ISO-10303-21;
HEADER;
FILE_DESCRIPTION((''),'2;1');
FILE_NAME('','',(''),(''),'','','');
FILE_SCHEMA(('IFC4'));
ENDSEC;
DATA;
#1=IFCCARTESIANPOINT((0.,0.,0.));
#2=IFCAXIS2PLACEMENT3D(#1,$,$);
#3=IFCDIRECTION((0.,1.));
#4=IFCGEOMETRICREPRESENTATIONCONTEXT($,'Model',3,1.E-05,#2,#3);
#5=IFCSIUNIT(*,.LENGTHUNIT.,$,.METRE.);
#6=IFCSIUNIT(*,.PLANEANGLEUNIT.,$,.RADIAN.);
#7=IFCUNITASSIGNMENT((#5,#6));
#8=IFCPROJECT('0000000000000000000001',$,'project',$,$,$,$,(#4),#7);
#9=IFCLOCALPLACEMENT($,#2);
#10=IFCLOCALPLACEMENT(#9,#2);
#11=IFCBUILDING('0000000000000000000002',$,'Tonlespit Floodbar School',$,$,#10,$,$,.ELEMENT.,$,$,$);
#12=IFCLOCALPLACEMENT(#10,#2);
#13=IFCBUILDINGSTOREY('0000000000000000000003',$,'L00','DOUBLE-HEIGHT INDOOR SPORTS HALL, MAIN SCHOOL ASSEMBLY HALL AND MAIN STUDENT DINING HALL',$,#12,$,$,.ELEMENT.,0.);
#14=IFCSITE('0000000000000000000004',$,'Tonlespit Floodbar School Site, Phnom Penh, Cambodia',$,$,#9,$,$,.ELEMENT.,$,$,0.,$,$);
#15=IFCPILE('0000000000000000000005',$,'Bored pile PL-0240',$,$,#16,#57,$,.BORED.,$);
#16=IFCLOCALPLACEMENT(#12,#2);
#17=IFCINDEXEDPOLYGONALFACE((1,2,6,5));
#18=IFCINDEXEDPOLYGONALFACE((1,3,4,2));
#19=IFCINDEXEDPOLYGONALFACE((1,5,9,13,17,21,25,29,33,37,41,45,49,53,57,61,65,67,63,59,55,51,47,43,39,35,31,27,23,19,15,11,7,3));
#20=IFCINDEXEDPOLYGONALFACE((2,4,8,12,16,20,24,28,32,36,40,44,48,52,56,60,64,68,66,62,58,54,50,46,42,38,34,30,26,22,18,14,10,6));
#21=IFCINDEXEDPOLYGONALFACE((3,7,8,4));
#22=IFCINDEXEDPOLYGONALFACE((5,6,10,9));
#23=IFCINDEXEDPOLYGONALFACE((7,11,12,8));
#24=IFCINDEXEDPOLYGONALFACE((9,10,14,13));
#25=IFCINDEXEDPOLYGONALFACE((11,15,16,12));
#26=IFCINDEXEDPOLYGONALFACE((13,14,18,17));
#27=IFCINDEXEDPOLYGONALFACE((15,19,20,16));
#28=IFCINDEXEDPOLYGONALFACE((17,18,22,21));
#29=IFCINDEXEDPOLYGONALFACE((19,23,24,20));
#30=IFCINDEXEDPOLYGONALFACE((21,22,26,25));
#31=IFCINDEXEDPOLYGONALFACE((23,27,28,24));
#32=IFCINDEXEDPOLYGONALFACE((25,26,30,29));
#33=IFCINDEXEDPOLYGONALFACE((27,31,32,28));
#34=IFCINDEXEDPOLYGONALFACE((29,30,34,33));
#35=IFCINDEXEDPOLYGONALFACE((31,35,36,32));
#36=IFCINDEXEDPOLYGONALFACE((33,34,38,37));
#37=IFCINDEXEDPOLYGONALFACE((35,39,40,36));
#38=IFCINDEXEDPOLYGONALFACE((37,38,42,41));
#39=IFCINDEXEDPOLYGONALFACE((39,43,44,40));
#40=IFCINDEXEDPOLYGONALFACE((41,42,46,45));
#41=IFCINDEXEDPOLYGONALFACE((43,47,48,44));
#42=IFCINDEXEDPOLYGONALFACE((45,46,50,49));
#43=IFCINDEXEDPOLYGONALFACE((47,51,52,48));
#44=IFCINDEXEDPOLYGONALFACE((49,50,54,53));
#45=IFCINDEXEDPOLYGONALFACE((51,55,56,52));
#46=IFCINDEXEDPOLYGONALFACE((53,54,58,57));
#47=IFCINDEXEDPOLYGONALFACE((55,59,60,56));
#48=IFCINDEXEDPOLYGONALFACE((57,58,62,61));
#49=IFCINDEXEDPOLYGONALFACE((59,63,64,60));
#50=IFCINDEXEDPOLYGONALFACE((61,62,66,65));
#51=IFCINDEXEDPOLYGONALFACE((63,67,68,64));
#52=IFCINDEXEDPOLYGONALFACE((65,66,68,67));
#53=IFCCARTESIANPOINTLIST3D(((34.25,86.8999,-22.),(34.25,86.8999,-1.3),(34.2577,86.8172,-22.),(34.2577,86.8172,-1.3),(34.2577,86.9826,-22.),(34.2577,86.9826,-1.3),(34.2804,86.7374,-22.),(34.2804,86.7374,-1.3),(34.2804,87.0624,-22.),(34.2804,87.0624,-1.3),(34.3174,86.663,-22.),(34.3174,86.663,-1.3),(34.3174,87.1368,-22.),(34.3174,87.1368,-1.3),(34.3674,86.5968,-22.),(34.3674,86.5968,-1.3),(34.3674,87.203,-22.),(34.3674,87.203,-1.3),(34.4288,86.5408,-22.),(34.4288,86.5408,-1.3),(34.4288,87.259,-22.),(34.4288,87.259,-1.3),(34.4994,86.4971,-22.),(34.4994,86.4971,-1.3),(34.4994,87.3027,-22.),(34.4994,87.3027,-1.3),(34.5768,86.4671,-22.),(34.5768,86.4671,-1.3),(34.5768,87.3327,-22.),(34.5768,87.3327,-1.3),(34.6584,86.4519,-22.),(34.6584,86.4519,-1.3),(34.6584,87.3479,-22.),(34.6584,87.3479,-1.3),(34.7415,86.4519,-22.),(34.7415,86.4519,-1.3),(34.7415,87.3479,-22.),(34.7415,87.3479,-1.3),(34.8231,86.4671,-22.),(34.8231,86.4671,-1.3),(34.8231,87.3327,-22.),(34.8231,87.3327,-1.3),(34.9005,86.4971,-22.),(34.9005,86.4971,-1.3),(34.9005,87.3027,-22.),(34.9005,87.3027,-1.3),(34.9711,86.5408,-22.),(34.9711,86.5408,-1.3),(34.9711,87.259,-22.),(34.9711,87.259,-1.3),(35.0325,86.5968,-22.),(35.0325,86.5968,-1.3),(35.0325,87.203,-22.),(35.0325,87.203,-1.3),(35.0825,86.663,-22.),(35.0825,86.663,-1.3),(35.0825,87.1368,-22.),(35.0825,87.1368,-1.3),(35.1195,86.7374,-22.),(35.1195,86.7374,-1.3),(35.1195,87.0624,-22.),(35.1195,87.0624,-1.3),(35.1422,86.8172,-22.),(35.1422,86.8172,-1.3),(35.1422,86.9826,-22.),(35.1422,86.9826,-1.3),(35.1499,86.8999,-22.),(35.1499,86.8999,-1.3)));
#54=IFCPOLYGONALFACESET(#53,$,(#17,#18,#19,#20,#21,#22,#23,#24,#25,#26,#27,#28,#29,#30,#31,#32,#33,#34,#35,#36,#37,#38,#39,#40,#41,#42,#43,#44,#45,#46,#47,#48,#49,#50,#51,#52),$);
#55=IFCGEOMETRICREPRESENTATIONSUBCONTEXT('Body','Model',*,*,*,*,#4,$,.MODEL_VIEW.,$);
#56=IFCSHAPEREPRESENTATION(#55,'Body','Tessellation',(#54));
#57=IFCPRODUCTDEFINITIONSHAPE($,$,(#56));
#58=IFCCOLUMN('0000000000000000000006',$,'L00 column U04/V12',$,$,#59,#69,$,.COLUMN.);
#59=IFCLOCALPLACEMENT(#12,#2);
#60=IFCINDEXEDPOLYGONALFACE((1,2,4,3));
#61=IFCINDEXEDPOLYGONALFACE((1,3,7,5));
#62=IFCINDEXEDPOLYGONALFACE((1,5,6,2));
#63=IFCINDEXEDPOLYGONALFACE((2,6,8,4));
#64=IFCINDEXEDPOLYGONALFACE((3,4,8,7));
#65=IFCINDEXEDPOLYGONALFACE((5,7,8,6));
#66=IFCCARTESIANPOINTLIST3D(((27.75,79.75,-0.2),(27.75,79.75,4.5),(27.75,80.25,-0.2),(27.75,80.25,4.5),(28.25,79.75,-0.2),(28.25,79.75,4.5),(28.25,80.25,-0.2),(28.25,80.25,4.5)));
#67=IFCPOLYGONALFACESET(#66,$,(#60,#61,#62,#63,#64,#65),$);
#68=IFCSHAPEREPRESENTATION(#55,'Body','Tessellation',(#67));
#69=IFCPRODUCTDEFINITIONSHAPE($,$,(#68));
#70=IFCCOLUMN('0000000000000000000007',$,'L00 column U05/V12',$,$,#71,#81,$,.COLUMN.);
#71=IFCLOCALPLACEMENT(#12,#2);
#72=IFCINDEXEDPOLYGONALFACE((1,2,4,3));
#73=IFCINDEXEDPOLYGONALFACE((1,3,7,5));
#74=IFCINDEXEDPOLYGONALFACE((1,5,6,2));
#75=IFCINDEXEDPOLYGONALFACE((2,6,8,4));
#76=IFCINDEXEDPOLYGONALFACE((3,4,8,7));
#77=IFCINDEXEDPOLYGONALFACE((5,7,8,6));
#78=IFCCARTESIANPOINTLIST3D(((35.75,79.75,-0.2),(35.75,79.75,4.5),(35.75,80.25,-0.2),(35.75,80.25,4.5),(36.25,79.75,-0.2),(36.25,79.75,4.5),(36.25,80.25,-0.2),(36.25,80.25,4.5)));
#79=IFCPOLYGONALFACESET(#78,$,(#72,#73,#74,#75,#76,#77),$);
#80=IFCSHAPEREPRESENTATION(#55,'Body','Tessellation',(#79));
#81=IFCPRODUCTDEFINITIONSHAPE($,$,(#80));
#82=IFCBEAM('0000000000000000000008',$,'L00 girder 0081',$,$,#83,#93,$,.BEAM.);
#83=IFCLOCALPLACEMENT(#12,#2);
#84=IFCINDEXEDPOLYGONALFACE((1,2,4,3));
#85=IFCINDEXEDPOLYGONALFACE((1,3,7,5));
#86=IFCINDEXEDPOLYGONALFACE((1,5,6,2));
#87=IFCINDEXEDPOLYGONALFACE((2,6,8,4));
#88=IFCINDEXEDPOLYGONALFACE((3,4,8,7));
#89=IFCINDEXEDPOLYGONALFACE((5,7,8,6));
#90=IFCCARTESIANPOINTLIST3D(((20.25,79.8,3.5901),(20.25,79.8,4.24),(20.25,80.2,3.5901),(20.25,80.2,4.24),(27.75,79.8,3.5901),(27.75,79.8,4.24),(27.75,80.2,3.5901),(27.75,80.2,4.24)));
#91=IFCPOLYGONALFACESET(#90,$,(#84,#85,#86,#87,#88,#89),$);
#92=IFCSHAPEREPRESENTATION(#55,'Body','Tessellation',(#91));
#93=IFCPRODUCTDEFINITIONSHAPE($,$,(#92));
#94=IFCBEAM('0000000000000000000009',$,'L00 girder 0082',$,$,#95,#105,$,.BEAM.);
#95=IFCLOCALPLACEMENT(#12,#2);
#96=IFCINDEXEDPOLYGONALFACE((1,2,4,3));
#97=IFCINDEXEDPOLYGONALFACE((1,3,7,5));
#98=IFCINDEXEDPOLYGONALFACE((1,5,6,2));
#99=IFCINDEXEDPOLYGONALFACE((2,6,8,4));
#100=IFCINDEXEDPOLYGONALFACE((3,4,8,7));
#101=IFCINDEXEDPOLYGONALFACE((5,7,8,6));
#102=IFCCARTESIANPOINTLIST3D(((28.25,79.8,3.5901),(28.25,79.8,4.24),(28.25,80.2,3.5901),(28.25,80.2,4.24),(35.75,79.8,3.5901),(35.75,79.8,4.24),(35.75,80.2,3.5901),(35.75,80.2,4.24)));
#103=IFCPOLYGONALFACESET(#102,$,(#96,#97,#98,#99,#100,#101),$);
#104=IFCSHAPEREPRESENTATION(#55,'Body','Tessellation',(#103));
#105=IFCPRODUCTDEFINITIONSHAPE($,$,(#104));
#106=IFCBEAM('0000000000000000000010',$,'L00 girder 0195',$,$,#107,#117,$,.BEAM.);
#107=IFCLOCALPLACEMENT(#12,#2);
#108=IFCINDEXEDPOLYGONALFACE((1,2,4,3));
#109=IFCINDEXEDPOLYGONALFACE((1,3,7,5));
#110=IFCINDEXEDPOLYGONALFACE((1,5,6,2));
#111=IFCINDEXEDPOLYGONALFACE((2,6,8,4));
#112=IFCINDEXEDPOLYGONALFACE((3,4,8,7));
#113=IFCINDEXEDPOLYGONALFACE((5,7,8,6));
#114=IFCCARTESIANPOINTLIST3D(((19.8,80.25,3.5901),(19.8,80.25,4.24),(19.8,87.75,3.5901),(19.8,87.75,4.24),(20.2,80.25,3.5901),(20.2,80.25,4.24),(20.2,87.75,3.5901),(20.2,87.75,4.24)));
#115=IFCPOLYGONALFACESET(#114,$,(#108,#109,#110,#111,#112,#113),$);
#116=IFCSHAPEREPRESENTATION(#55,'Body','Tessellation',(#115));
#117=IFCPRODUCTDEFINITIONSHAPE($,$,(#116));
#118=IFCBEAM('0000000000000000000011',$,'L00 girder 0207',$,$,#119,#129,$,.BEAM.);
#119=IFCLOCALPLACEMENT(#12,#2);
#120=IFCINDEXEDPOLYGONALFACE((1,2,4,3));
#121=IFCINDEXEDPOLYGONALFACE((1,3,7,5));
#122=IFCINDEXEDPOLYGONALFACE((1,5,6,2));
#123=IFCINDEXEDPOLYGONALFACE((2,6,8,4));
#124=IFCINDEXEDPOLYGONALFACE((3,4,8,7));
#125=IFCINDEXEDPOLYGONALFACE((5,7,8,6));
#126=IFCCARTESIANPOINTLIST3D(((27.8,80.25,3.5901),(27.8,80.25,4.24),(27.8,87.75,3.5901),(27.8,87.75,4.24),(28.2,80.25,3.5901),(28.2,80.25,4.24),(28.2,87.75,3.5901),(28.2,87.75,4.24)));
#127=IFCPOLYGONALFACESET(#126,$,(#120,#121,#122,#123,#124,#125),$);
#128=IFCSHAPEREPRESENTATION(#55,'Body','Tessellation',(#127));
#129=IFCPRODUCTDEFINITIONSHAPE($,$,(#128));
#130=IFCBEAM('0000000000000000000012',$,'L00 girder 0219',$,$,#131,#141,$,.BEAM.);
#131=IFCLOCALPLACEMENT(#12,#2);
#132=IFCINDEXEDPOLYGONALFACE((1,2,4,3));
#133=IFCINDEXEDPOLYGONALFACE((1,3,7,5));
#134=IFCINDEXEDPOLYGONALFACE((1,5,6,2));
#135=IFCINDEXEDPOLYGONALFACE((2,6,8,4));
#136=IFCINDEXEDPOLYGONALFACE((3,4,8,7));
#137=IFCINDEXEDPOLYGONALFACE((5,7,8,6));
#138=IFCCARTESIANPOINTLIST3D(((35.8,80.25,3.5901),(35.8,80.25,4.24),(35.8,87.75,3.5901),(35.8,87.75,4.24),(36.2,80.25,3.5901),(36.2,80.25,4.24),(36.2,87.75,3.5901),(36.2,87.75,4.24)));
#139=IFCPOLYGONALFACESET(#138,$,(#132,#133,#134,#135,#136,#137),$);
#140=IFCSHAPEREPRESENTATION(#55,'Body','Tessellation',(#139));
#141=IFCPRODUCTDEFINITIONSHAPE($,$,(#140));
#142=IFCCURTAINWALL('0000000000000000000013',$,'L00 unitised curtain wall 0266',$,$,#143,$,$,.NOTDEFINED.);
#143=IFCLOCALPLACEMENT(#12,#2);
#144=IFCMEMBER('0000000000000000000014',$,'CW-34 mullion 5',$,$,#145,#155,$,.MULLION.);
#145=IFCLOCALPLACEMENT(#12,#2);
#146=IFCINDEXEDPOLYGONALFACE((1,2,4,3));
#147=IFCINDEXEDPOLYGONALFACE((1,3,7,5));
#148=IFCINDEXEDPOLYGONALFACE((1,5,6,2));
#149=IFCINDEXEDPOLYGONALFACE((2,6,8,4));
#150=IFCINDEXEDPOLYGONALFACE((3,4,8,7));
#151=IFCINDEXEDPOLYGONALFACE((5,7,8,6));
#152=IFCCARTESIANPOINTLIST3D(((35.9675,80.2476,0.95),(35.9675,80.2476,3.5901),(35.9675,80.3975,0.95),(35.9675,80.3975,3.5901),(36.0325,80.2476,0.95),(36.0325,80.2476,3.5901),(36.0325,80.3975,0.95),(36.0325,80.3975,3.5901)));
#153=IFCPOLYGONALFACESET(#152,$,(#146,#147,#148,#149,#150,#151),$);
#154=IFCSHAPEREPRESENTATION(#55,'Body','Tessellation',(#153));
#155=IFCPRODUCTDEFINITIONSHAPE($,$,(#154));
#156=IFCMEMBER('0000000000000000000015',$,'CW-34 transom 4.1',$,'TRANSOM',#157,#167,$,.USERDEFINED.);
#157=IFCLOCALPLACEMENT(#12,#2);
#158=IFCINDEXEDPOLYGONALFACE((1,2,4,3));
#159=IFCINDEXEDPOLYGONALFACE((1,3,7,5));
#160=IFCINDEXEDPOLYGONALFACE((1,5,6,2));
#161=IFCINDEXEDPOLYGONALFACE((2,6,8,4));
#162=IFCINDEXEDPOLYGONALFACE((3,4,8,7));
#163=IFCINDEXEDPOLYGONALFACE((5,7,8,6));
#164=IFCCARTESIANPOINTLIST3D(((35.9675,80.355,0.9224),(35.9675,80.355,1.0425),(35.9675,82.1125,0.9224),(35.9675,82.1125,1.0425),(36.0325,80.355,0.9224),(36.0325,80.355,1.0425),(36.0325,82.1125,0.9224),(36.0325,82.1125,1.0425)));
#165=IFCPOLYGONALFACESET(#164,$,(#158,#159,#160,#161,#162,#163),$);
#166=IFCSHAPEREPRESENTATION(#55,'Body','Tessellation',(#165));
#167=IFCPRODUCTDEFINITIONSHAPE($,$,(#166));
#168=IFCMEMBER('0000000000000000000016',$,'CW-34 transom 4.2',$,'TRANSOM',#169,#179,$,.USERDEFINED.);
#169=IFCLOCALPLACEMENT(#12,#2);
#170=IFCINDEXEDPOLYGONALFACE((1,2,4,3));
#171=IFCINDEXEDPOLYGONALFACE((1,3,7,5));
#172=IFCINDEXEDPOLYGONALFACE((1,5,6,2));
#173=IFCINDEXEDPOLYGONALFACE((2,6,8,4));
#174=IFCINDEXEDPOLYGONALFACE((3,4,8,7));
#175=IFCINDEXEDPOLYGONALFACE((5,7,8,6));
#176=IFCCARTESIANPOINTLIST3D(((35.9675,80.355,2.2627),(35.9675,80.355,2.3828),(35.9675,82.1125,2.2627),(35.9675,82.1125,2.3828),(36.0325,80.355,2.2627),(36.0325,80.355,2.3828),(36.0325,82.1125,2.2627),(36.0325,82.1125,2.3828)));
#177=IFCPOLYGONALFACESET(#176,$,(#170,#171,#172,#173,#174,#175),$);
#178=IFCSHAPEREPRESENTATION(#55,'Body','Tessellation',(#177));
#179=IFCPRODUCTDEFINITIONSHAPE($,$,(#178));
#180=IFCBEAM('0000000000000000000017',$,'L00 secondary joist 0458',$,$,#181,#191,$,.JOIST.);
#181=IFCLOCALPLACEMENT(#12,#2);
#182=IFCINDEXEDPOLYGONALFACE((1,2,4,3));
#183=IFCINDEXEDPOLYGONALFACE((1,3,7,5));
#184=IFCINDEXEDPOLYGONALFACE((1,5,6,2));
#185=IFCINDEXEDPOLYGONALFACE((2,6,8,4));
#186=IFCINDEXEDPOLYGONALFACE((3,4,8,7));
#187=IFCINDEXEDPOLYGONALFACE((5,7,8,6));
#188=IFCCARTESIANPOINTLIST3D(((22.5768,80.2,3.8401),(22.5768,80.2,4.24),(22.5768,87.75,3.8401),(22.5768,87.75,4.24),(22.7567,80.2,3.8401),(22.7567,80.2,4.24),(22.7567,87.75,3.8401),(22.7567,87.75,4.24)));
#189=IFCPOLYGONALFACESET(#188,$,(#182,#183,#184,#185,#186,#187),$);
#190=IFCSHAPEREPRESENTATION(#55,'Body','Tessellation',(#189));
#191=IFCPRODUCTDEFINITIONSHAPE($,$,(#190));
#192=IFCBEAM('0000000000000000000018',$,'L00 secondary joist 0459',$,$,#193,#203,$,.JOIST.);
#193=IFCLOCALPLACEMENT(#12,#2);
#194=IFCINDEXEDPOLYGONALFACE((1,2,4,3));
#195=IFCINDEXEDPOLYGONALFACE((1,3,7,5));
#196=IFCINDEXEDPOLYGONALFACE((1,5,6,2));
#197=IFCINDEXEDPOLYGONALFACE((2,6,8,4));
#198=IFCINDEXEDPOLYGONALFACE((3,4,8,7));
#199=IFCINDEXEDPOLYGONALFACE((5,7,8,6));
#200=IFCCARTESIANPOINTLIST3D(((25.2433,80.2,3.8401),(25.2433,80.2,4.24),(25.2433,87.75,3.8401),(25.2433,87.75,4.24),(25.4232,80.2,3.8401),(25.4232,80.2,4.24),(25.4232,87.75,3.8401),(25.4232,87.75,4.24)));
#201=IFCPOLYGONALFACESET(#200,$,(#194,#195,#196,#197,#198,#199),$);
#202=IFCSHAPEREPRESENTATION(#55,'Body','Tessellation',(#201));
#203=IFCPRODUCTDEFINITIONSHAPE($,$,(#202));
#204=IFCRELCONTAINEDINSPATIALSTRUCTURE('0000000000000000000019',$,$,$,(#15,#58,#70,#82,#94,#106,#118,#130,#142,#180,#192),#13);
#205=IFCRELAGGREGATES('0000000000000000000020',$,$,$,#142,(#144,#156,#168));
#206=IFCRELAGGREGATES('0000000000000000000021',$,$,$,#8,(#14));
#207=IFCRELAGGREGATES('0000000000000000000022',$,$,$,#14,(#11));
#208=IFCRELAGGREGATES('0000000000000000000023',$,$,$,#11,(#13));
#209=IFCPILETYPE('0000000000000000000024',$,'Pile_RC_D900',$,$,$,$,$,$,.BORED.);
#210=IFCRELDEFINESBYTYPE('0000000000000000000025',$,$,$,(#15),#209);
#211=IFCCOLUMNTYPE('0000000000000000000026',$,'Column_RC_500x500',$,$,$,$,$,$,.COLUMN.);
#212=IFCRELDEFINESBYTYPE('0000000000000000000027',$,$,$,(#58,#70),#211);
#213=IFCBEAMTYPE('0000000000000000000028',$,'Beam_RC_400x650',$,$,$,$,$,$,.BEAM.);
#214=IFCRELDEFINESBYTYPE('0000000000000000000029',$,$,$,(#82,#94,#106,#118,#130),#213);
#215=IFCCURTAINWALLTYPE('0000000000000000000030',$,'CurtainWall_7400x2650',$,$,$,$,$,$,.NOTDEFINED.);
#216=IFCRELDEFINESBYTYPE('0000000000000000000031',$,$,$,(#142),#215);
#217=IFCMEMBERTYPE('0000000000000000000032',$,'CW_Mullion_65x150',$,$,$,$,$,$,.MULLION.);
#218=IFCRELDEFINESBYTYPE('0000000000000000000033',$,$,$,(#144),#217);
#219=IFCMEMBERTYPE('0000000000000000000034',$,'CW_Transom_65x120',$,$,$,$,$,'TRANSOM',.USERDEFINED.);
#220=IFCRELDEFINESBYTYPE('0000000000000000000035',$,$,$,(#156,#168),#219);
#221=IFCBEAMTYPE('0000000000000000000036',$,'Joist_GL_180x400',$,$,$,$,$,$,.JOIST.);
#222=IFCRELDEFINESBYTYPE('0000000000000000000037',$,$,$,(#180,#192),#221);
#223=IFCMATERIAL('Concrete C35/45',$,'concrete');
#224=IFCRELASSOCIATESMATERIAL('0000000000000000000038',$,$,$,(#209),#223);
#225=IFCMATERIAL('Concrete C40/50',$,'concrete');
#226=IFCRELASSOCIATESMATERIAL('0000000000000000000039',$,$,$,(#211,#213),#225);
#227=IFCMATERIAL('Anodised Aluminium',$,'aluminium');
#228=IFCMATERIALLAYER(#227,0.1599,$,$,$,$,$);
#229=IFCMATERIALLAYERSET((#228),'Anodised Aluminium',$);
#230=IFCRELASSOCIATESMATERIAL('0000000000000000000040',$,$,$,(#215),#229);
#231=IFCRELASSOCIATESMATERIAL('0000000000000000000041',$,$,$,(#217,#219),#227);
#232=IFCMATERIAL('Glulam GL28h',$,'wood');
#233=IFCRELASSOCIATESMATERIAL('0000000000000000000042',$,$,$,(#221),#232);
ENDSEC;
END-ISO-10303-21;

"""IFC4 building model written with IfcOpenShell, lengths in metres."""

from ifc_helpers import new_model, si_unit, direction, frame, origin, origin_2d, place, context, subcontext, project, spatial, rectangle, circle, extrude, material, layer, layer_set, material_profile, profile_set, type_object, element, aggregate, save


model = new_model("IFC4")

# Units and contexts
model_context = context("Model", 3, precision=1e-05, world=origin(), true_north=direction((0.0, 1.0)))
body_context = subcontext(model_context, "Body", "Model", "MODEL_VIEW")
ifc_project = project(units=[si_unit("LENGTHUNIT", "METRE"), si_unit("PLANEANGLEUNIT", "RADIAN")], contexts=[model_context])

# Site, building, storey
site_placement = place(None, origin())
site = spatial("IfcSite", under=ifc_project, at=site_placement, Name="Tonlespit Floodbar School Site, Phnom Penh, Cambodia", CompositionType="ELEMENT", RefElevation=0.0)
building_placement = place(site_placement, origin())
building = spatial("IfcBuilding", under=site, at=building_placement, Name="Tonlespit Floodbar School", CompositionType="ELEMENT")
storey_placement = place(building_placement, origin())
storey = spatial("IfcBuildingStorey", under=building, at=storey_placement, Name="L00", Description="DOUBLE-HEIGHT INDOOR SPORTS HALL, MAIN SCHOOL ASSEMBLY HALL AND MAIN STUDENT DINING HALL", CompositionType="ELEMENT", Elevation=0.0)

# Shared definitions
ifc_material_1 = material(Name="Concrete C40/50", Category="concrete")

# Pile
ifc_material_2 = material(Name="Concrete C35/45", Category="concrete")
ifc_material_profile_1 = material_profile(ifc_material_2, circle(Radius=0.45, at=origin_2d()), Name="BP D900")
ifc_profile_set_1 = profile_set([ifc_material_profile_1], Name="Concrete C35/45")
pile_type = type_object("IfcPileType", Name="Pile_RC_D900", PredefinedType="BORED", material=ifc_profile_set_1)
for number, where, z_axis, x_axis, name in (
    (1, (34.7, 86.8999, -1.3), (0.0, 0.0, -1.0), (1.0, 0.0, 0.0), "Bored pile PL-0240"),
):
    element("IfcPile", number, at=place(storey_placement, frame(where, z_axis=z_axis, x_axis=x_axis)), inside=storey, type_object=pile_type, Name=name, PredefinedType="BORED", context=body_context, shape_type="SweptSolid", body=[
        extrude(circle(Radius=0.45, at=origin_2d()), origin(), (0.0, 0.0, 1.0), 20.7),
    ])

# Columns
ifc_material_profile_2 = material_profile(ifc_material_1, rectangle(XDim=0.5, YDim=0.5, at=origin_2d()), Name="RC 500x500")
ifc_profile_set_2 = profile_set([ifc_material_profile_2], Name="Concrete C40/50")
column_type = type_object("IfcColumnType", Name="Column_RC_500x500", PredefinedType="COLUMN", material=ifc_profile_set_2)
for number, where, z_axis, x_axis, name in (
    (2, (28.0, 80.0, -0.2), (0.0, 0.0, 1.0), (1.0, 0.0, 0.0), "L00 column U04/V12"),
    (3, (36.0, 80.0, -0.2), (0.0, 0.0, 1.0), (1.0, 0.0, 0.0), "L00 column U05/V12"),
):
    element("IfcColumn", number, at=place(storey_placement, frame(where, z_axis=z_axis, x_axis=x_axis)), inside=storey, type_object=column_type, Name=name, PredefinedType="COLUMN", context=body_context, shape_type="SweptSolid", body=[
        extrude(rectangle(XDim=0.5, YDim=0.5, at=origin_2d()), origin(), (0.0, 0.0, 1.0), 4.7),
    ])

# Beams
ifc_material_profile_3 = material_profile(ifc_material_1, rectangle(XDim=0.3999, YDim=0.6499, at=origin_2d()), Name="RC 400x650")
ifc_profile_set_3 = profile_set([ifc_material_profile_3], Name="Concrete C40/50")
beam_type_1 = type_object("IfcBeamType", Name="Beam_RC_400x650", PredefinedType="BEAM", material=ifc_profile_set_3)
for number, where, z_axis, x_axis, name in (
    (4, (20.25, 80.0, 3.915), (1.0, 0.0, 0.0), (0.0, 1.0, 0.0), "L00 girder 0081"),
    (5, (28.25, 80.0, 3.915), (1.0, 0.0, 0.0), (0.0, 1.0, 0.0), "L00 girder 0082"),
    (6, (20.0, 80.25, 3.915), (0.0, 1.0, 0.0), (-1.0, 0.0, 0.0), "L00 girder 0195"),
    (7, (28.0, 80.25, 3.915), (0.0, 1.0, 0.0), (-1.0, 0.0, 0.0), "L00 girder 0207"),
    (8, (36.0, 80.25, 3.915), (0.0, 1.0, 0.0), (-1.0, 0.0, 0.0), "L00 girder 0219"),
):
    element("IfcBeam", number, at=place(storey_placement, frame(where, z_axis=z_axis, x_axis=x_axis)), inside=storey, type_object=beam_type_1, Name=name, PredefinedType="BEAM", context=body_context, shape_type="SweptSolid", body=[
        extrude(rectangle(XDim=0.3999, YDim=0.6499, at=origin_2d()), origin(), (0.0, 0.0, 1.0), 7.5),
    ])

# Curtain wall, members
ifc_material_3 = material(Name="Anodised Aluminium", Category="aluminium")
ifc_layer_1 = layer(ifc_material_3, 0.1599)
ifc_layer_set_1 = layer_set([ifc_layer_1], Name="Anodised Aluminium")
curtain_wall_type = type_object("IfcCurtainWallType", Name="CurtainWall_7400x2650", PredefinedType="NOTDEFINED", material=ifc_layer_set_1)
curtain_wall_placement = place(storey_placement, origin())
curtain_wall = element("IfcCurtainWall", 9, at=curtain_wall_placement, inside=storey, type_object=curtain_wall_type, Name="L00 unitised curtain wall 0266", PredefinedType="NOTDEFINED")
ifc_material_profile_4 = material_profile(ifc_material_3, rectangle(XDim=0.0649, YDim=0.1499, at=origin_2d()), Name="ALU M65x150")
ifc_profile_set_4 = profile_set([ifc_material_profile_4], Name="Anodised Aluminium")
member_type_1 = type_object("IfcMemberType", Name="CW_Mullion_65x150", PredefinedType="MULLION", material=ifc_profile_set_4)
member_1_placement = place(storey_placement, frame((36.0, 80.3225, 0.95), z_axis=(0.0, 0.0, 1.0), x_axis=(1.0, 0.0, 0.0)))
member_1 = element("IfcMember", 10, at=member_1_placement, type_object=member_type_1, Name="CW-34 mullion 5", PredefinedType="MULLION", context=body_context, shape_type="SweptSolid", body=[
    extrude(rectangle(XDim=0.0649, YDim=0.1499, at=origin_2d()), origin(), (0.0, 0.0, 1.0), 2.6401),
])
ifc_material_profile_5 = material_profile(ifc_material_3, rectangle(XDim=0.0649, YDim=0.1201, at=origin_2d()), Name="ALU T65x120")
ifc_profile_set_5 = profile_set([ifc_material_profile_5], Name="Anodised Aluminium")
member_type_2 = type_object("IfcMemberType", Name="CW_Transom_65x120", ElementType="TRANSOM", PredefinedType="USERDEFINED", material=ifc_profile_set_5)
member_2_placement = place(storey_placement, frame((36.0, 82.1125, 0.9824), z_axis=(0.0, -1.0, 0.0), x_axis=(1.0, 0.0, 0.0)))
member_2 = element("IfcMember", 11, at=member_2_placement, type_object=member_type_2, Name="CW-34 transom 4.1", ObjectType="TRANSOM", PredefinedType="USERDEFINED", context=body_context, shape_type="SweptSolid", body=[
    extrude(rectangle(XDim=0.0649, YDim=0.1201, at=origin_2d()), origin(), (0.0, 0.0, 1.0), 1.7576),
])
member_3_placement = place(storey_placement, frame((36.0, 82.1125, 2.3228), z_axis=(0.0, -1.0, 0.0), x_axis=(1.0, 0.0, 0.0)))
member_3 = element("IfcMember", 12, at=member_3_placement, type_object=member_type_2, Name="CW-34 transom 4.2", ObjectType="TRANSOM", PredefinedType="USERDEFINED", context=body_context, shape_type="SweptSolid", body=[
    extrude(rectangle(XDim=0.0649, YDim=0.1201, at=origin_2d()), origin(), (0.0, 0.0, 1.0), 1.7576),
])

# Beams
ifc_material_4 = material(Name="Glulam GL28h", Category="wood")
ifc_material_profile_6 = material_profile(ifc_material_4, rectangle(XDim=0.1799, YDim=0.3999, at=origin_2d()), Name="GL 180x400")
ifc_profile_set_6 = profile_set([ifc_material_profile_6], Name="Glulam GL28h")
beam_type_2 = type_object("IfcBeamType", Name="Joist_GL_180x400", PredefinedType="JOIST", material=ifc_profile_set_6)
for number, where, z_axis, x_axis, name in (
    (13, (22.6667, 80.2, 4.04), (0.0, 1.0, 0.0), (-1.0, 0.0, 0.0), "L00 secondary joist 0458"),
    (14, (25.3333, 80.2, 4.04), (0.0, 1.0, 0.0), (-1.0, 0.0, 0.0), "L00 secondary joist 0459"),
):
    element("IfcBeam", number, at=place(storey_placement, frame(where, z_axis=z_axis, x_axis=x_axis)), inside=storey, type_object=beam_type_2, Name=name, PredefinedType="JOIST", context=body_context, shape_type="SweptSolid", body=[
        extrude(rectangle(XDim=0.1799, YDim=0.3999, at=origin_2d()), origin(), (0.0, 0.0, 1.0), 7.55),
    ])

aggregate(curtain_wall, [member_1, member_2, member_3])

save(model, "model.ifc")
